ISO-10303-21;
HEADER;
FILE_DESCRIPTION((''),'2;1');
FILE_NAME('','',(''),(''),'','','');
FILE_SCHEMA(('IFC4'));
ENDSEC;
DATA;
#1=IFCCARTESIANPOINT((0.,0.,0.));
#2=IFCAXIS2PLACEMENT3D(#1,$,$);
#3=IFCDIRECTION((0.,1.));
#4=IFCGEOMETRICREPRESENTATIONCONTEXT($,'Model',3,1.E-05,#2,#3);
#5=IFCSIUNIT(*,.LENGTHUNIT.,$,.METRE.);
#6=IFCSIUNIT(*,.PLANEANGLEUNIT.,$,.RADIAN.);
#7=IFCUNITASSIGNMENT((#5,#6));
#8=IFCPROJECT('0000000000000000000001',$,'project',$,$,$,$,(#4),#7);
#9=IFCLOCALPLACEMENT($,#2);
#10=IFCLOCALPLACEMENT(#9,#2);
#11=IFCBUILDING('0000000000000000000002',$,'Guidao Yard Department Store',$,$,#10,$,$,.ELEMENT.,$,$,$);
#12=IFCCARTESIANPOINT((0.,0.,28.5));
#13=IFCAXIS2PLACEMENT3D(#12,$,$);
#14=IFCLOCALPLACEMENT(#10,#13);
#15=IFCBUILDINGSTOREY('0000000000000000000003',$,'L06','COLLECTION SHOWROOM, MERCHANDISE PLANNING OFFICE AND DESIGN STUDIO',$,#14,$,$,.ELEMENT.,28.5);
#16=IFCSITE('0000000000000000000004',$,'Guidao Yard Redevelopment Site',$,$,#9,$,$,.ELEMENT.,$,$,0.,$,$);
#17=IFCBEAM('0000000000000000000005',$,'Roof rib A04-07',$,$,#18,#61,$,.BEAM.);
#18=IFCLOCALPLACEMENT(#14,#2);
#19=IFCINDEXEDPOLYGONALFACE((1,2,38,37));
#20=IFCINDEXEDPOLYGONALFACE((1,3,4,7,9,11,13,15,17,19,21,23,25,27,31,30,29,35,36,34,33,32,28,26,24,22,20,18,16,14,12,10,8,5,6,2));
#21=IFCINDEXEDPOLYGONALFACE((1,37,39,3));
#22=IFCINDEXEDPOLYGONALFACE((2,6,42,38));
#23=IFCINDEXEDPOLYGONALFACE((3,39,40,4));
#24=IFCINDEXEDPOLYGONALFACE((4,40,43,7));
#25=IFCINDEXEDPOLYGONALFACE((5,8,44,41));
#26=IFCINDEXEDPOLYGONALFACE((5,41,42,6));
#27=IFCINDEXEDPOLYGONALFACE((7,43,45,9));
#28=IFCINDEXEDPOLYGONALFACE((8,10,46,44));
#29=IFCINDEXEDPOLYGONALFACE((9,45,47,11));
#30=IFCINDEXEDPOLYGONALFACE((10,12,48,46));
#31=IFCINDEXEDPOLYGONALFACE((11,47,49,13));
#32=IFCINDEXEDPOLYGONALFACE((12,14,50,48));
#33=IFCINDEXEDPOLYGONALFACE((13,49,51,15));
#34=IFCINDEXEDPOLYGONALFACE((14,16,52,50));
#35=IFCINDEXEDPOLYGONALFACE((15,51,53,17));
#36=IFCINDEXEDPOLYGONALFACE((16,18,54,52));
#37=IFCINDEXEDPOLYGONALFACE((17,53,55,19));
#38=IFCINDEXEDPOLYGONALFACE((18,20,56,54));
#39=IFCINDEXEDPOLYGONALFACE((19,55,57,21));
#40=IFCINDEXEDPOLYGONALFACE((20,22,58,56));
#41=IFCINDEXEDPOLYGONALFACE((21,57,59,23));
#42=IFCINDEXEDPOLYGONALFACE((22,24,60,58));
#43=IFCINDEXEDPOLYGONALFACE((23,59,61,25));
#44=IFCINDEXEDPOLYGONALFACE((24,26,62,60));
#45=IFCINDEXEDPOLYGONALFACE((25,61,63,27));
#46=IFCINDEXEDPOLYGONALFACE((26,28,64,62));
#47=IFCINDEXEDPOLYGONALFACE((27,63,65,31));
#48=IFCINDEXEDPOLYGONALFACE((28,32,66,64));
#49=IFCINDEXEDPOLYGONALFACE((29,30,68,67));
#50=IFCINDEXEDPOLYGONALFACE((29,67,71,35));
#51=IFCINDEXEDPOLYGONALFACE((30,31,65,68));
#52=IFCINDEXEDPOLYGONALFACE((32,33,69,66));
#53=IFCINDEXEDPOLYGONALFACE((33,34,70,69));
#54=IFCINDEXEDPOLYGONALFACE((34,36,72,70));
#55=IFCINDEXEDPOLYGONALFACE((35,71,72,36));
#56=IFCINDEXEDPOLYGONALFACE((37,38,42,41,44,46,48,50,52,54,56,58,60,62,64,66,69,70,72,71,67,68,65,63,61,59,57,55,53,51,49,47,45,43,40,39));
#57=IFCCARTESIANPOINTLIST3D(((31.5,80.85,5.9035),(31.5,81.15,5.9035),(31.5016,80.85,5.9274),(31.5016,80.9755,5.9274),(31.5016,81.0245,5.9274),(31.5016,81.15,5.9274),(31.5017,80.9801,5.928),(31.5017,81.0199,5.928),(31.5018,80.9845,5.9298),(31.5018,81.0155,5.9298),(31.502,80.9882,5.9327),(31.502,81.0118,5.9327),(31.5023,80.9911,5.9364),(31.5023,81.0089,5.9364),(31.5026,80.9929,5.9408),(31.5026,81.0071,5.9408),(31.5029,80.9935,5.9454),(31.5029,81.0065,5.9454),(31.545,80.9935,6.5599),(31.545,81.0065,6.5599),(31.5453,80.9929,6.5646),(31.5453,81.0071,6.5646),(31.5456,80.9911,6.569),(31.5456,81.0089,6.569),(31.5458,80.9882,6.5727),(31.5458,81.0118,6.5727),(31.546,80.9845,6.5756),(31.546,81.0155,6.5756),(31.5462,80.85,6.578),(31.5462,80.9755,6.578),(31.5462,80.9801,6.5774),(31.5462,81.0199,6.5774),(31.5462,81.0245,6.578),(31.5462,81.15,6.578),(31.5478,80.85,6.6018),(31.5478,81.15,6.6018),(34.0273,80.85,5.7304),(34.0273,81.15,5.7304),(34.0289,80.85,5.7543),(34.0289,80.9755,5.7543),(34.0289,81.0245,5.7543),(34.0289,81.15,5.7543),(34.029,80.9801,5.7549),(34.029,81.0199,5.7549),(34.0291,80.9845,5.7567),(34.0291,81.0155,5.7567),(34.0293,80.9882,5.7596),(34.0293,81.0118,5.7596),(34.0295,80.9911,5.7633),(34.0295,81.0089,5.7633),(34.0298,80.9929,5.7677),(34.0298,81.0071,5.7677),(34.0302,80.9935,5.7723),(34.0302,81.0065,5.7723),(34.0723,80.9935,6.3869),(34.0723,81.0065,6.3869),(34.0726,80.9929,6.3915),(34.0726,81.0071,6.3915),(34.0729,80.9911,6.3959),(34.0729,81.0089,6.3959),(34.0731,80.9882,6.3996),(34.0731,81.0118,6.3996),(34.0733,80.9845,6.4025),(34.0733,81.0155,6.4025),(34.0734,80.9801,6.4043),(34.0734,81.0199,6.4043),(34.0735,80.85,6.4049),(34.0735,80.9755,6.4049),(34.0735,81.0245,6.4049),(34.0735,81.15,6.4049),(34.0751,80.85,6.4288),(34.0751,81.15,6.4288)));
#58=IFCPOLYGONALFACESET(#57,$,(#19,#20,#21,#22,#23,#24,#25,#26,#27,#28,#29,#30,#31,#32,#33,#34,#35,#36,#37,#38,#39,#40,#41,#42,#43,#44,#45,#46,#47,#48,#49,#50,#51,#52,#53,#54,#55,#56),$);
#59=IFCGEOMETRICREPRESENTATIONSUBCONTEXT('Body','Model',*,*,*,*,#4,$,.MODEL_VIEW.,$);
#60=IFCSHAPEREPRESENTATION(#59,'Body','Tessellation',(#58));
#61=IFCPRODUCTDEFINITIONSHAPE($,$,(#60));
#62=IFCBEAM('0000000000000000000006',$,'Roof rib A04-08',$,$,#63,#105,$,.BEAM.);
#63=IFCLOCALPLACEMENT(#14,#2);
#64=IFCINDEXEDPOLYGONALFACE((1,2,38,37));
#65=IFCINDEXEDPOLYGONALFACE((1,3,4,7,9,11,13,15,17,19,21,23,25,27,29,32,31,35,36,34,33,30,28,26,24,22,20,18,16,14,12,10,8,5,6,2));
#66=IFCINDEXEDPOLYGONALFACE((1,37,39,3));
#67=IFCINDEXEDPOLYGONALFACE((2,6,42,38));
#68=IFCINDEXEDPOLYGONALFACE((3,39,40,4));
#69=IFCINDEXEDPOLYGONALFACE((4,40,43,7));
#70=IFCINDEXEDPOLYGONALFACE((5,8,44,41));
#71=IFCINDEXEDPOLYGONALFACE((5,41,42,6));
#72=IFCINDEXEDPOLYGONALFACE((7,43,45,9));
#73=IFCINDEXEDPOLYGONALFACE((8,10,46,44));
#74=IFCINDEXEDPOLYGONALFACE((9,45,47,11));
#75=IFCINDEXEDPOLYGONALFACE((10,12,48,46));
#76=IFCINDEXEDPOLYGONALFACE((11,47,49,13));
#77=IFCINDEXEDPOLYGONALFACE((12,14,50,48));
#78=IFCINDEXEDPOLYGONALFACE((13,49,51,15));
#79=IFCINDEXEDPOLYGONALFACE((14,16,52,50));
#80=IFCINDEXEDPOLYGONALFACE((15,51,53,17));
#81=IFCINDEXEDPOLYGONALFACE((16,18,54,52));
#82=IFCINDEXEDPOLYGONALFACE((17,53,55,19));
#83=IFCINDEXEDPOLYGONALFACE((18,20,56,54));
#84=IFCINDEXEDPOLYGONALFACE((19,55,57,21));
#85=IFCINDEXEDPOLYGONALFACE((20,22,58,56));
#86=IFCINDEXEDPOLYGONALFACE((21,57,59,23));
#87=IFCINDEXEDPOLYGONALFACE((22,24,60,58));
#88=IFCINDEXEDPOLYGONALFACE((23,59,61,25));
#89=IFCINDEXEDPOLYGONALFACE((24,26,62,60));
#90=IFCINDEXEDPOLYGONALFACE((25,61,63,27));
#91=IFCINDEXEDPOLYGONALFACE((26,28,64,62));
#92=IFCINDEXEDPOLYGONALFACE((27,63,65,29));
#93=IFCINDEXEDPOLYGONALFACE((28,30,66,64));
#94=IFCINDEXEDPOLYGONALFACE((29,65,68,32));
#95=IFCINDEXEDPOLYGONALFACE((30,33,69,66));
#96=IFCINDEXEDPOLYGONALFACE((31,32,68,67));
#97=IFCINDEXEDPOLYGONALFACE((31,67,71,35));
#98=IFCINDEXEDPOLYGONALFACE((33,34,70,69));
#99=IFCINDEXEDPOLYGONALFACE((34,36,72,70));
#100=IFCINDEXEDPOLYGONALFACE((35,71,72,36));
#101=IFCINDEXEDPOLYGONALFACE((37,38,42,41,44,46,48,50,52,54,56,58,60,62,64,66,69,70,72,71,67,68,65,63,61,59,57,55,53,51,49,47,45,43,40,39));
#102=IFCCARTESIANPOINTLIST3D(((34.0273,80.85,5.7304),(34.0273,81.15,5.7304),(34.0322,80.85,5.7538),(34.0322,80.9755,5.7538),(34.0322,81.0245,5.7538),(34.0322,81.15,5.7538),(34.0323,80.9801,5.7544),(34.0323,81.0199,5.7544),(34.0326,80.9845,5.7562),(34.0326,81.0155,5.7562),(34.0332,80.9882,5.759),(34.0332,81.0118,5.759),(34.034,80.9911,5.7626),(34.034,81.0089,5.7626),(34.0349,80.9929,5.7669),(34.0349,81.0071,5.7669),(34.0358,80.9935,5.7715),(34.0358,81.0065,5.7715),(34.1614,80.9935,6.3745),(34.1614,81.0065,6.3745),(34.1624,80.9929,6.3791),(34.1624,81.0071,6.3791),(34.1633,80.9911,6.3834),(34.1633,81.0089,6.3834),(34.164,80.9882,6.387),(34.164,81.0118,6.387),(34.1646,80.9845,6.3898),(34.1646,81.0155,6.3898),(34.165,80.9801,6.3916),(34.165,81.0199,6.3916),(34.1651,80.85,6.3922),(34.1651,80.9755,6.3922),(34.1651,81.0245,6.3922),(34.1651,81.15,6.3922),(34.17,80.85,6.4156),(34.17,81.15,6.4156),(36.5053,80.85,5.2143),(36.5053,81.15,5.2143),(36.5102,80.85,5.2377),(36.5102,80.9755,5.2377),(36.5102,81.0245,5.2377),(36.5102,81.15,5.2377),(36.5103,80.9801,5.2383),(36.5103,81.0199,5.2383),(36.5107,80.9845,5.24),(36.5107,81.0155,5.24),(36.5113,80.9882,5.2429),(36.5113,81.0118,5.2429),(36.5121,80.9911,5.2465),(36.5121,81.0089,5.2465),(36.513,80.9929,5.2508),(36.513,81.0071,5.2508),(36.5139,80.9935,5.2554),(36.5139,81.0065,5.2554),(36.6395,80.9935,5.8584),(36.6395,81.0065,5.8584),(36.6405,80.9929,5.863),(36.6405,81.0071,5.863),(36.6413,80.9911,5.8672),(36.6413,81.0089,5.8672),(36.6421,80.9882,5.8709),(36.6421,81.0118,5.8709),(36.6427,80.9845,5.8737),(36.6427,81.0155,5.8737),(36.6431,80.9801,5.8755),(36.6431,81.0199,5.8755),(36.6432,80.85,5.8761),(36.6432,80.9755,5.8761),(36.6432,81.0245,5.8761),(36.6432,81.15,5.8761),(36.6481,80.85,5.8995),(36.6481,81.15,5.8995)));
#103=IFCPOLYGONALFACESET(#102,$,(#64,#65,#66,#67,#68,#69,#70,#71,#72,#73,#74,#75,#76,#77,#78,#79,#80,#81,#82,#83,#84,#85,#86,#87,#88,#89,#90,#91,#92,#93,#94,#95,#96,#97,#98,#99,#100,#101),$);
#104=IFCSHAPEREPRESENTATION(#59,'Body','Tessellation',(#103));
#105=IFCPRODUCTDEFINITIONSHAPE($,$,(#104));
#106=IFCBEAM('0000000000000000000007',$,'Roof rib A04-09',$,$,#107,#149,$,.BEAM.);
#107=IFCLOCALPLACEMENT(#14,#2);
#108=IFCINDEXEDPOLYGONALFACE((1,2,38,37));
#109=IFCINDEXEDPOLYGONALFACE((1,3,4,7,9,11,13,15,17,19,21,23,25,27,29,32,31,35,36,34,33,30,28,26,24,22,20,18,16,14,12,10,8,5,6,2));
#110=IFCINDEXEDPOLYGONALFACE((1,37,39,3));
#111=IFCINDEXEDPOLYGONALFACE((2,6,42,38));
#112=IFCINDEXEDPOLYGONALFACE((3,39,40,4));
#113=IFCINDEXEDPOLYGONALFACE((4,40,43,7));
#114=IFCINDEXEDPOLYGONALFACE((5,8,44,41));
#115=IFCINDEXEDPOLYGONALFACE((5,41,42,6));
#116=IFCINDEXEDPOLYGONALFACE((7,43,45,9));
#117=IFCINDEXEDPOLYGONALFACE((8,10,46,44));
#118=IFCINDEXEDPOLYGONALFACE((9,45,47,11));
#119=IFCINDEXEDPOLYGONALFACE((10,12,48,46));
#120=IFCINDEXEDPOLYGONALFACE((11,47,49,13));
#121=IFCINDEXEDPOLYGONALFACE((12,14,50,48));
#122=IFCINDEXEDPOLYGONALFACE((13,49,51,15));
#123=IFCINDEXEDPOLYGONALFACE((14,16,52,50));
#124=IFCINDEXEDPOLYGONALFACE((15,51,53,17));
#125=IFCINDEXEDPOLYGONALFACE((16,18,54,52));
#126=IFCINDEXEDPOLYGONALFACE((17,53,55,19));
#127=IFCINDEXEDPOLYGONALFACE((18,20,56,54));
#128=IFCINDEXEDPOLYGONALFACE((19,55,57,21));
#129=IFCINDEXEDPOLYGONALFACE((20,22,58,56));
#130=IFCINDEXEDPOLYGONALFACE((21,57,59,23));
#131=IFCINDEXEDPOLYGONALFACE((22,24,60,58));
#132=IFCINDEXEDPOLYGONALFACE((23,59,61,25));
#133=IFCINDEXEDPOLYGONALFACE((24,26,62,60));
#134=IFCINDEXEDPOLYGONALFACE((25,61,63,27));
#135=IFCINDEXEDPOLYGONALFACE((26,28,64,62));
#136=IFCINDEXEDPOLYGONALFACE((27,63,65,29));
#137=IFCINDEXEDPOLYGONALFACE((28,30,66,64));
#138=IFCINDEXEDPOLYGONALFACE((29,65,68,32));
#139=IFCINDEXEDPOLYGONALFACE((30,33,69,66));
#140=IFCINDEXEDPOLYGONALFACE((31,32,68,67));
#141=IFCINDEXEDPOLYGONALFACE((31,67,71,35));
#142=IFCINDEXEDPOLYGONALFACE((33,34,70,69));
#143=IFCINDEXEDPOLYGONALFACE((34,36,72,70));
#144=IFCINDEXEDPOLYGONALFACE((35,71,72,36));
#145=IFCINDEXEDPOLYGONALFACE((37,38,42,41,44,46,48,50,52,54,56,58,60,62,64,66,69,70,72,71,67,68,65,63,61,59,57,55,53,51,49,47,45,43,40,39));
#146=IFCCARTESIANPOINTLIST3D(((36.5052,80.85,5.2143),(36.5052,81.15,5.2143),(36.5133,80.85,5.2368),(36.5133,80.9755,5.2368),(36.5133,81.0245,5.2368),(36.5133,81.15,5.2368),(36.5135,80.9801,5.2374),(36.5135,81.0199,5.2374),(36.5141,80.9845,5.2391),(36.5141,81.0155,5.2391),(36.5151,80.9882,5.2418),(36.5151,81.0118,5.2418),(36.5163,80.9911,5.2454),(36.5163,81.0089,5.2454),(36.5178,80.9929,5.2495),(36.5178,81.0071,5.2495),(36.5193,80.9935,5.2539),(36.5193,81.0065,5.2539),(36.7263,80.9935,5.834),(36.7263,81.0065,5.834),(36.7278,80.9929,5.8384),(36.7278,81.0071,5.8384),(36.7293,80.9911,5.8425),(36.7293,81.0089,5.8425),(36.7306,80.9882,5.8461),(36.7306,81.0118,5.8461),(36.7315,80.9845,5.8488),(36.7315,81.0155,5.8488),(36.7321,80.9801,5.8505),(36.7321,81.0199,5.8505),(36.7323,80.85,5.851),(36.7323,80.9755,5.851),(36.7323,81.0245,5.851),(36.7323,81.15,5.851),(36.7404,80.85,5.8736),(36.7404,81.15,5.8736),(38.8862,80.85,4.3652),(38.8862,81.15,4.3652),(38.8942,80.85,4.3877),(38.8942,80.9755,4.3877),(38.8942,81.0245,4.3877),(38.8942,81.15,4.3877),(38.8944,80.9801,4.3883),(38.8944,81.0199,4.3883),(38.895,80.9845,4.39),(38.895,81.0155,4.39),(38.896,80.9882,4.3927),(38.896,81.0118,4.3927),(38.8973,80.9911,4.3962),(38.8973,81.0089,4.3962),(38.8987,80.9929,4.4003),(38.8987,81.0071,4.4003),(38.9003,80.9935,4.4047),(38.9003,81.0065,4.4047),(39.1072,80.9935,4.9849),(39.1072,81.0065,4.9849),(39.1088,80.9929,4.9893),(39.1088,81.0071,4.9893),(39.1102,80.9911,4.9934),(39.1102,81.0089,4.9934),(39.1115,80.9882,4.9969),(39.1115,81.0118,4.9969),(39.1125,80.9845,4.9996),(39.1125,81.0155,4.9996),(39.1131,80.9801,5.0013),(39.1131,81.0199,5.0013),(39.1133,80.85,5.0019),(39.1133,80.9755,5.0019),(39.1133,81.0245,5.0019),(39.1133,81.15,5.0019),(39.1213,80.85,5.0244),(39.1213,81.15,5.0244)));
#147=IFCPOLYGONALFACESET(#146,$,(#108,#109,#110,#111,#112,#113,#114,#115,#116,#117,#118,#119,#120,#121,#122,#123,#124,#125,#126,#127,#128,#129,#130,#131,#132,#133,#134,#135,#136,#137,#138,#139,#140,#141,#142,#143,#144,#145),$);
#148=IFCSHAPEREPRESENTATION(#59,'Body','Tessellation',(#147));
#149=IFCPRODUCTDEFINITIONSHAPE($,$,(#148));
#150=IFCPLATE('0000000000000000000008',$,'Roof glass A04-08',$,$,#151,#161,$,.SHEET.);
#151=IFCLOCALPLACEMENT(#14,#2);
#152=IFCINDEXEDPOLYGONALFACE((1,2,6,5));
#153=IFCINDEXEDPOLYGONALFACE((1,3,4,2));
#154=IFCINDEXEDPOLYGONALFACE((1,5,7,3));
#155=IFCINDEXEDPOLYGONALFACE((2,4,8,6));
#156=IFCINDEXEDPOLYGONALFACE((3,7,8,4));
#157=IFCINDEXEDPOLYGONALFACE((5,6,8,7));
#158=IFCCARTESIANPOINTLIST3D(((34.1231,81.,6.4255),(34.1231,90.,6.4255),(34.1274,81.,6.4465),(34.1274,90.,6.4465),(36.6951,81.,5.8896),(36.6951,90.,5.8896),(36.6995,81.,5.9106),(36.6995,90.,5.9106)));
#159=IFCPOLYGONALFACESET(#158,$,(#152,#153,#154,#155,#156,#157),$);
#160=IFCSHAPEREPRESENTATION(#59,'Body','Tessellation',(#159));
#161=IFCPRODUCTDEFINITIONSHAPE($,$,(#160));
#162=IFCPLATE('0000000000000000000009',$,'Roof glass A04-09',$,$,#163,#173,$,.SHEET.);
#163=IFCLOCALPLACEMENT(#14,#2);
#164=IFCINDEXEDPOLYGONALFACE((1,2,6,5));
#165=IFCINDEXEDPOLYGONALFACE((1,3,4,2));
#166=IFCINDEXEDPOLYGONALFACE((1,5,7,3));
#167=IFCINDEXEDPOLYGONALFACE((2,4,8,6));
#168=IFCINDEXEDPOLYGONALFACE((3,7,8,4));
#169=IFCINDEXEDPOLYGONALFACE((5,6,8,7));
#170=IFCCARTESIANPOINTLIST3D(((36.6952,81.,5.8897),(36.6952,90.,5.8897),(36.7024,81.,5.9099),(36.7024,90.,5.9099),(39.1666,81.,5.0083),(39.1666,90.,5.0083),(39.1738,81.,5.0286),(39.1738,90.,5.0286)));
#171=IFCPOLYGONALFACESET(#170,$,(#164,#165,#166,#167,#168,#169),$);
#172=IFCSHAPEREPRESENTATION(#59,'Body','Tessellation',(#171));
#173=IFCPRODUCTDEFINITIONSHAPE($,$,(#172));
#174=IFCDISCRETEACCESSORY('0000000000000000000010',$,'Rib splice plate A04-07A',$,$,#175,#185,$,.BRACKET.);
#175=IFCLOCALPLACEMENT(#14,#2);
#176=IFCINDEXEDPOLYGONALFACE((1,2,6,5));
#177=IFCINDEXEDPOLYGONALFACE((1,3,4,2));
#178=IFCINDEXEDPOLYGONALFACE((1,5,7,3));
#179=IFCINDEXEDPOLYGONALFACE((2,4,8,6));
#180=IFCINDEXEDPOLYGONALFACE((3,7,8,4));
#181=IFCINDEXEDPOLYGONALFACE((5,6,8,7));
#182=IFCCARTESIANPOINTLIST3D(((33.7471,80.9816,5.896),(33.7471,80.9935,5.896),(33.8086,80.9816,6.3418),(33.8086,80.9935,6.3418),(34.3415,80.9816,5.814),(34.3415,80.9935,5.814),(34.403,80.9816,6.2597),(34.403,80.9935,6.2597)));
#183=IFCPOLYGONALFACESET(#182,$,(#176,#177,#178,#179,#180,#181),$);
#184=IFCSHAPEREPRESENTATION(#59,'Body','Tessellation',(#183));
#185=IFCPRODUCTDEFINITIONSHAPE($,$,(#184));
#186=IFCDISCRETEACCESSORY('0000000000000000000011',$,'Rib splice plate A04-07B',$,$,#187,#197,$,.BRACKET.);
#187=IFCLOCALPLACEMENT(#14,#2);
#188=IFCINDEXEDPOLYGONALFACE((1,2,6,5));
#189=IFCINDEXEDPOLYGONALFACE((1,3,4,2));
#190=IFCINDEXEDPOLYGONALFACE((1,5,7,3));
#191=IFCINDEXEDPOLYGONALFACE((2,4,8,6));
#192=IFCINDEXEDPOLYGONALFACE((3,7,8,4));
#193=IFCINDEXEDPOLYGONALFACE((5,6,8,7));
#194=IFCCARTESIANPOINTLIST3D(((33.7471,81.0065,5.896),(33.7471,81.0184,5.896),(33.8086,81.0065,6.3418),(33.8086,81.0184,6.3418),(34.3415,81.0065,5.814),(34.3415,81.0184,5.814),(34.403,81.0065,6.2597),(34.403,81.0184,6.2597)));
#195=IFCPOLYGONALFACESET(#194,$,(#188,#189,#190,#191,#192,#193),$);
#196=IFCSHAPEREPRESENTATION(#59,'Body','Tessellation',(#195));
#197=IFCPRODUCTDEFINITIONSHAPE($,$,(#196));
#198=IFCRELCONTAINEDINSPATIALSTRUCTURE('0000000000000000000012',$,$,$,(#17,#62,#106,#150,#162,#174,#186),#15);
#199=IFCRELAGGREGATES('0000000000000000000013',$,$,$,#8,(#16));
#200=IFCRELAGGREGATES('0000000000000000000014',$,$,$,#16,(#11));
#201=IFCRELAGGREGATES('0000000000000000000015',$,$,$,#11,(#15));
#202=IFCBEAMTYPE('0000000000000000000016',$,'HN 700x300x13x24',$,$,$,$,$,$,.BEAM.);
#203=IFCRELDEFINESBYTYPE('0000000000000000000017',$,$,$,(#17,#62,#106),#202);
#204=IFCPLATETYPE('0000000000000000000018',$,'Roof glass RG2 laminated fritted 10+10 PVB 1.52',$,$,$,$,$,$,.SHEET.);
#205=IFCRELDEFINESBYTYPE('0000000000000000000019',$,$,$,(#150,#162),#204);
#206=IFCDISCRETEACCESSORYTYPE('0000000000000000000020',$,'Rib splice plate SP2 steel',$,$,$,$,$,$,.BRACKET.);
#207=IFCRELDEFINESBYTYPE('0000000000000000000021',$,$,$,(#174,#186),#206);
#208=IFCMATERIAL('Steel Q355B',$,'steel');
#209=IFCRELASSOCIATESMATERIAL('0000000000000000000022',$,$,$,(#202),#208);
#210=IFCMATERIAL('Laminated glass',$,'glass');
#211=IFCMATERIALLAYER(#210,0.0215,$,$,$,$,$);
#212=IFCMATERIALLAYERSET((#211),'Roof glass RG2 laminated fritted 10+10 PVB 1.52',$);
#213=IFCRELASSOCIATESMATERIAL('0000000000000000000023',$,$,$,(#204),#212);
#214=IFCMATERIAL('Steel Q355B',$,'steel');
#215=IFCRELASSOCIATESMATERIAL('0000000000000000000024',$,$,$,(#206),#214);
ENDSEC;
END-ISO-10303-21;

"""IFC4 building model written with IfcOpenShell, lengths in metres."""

from ifc_helpers import new_model, si_unit, direction, frame, origin, origin_2d, place, context, subcontext, project, spatial, polyline, rectangle, i_section, outline, extrude, material, layer, layer_set, material_profile, profile_set, type_object, element, save


model = new_model("IFC4")

# Units and contexts
model_context = context("Model", 3, precision=1e-05, world=origin(), true_north=direction((0.0, 1.0)))
body_context = subcontext(model_context, "Body", "Model", "MODEL_VIEW")
ifc_project = project(units=[si_unit("LENGTHUNIT", "METRE"), si_unit("PLANEANGLEUNIT", "RADIAN")], contexts=[model_context])

# Site, building, storey
site_placement = place(None, origin())
site = spatial("IfcSite", under=ifc_project, at=site_placement, Name="Guidao Yard Redevelopment Site", CompositionType="ELEMENT", RefElevation=0.0)
building_placement = place(site_placement, origin())
building = spatial("IfcBuilding", under=site, at=building_placement, Name="Guidao Yard Department Store", CompositionType="ELEMENT")
storey_placement = place(building_placement, frame((0.0, 0.0, 28.5)))
storey = spatial("IfcBuildingStorey", under=building, at=storey_placement, Name="L06", Description="COLLECTION SHOWROOM, MERCHANDISE PLANNING OFFICE AND DESIGN STUDIO", CompositionType="ELEMENT", Elevation=28.5)

# Beams
ifc_material_1 = material(Name="Steel Q355B", Category="steel")
ifc_material_profile_1 = material_profile(ifc_material_1, i_section(OverallWidth=0.3, OverallDepth=0.7, WebThickness=0.0129, FlangeThickness=0.0239, FilletRadius=0.0181, at=origin_2d()), Name="HN 700x300x13x24")
ifc_profile_set_1 = profile_set([ifc_material_profile_1], Name="Steel Q355B")
beam_type = type_object("IfcBeamType", Name="HN 700x300x13x24", PredefinedType="BEAM", material=ifc_profile_set_1)
beam_1_placement = place(storey_placement, frame((31.5239, 81.0, 6.2527), z_axis=(0.997663, 0.0, -0.068329), x_axis=(0.0, 1.0, 0.0)))
element("IfcBeam", 1, at=beam_1_placement, inside=storey, type_object=beam_type, Name="Roof rib A04-07", PredefinedType="BEAM", context=body_context, shape_type="SweptSolid", body=[
    extrude(i_section(OverallWidth=0.3, OverallDepth=0.7, WebThickness=0.0129, FlangeThickness=0.0239, FilletRadius=0.0181, at=origin_2d()), origin(), (0.0, 0.0, 1.0), 2.5332),
])
beam_2_placement = place(storey_placement, frame((34.0986, 81.0, 6.073), z_axis=(0.978992, 0.0, -0.2039), x_axis=(0.0, 1.0, 0.0)))
element("IfcBeam", 2, at=beam_2_placement, inside=storey, type_object=beam_type, Name="Roof rib A04-08", PredefinedType="BEAM", context=body_context, shape_type="SweptSolid", body=[
    extrude(i_section(OverallWidth=0.3, OverallDepth=0.7, WebThickness=0.0129, FlangeThickness=0.0239, FilletRadius=0.0181, at=origin_2d()), origin(), (0.0, 0.0, 1.0), 2.5312),
])
beam_3_placement = place(storey_placement, frame((36.6228, 81.0, 5.5439), z_axis=(0.94189, 0.0, -0.33592), x_axis=(0.0, 1.0, 0.0)))
element("IfcBeam", 3, at=beam_3_placement, inside=storey, type_object=beam_type, Name="Roof rib A04-09", PredefinedType="BEAM", context=body_context, shape_type="SweptSolid", body=[
    extrude(i_section(OverallWidth=0.3, OverallDepth=0.7, WebThickness=0.0129, FlangeThickness=0.0239, FilletRadius=0.0181, at=origin_2d()), origin(), (0.0, 0.0, 1.0), 2.5278),
])

# Plates
ifc_material_2 = material(Name="Laminated glass", Category="glass")
ifc_layer = layer(ifc_material_2, 0.0215)
ifc_layer_set = layer_set([ifc_layer], Name="Roof glass RG2 laminated fritted 10+10 PVB 1.52")
plate_type = type_object("IfcPlateType", Name="Roof glass RG2 laminated fritted 10+10 PVB 1.52", PredefinedType="SHEET", material=ifc_layer_set)
plate_1_placement = place(storey_placement, frame((34.1274, 81.0, 6.4465), z_axis=(0.203973, 0.0, 0.978977), x_axis=(0.978977, 0.0, -0.203973)))
element("IfcPlate", 4, at=plate_1_placement, inside=storey, type_object=plate_type, Name="Roof glass A04-08", PredefinedType="SHEET", context=body_context, shape_type="SweptSolid", body=[
    extrude(outline(polyline([(0.0, 0.0), (2.6273, 0.0), (2.6273, 9.0), (0.0, 9.0), (0.0, 0.0)])), origin(), (0.0, 0.0, -1.0), 0.0215),
])
plate_2_placement = place(storey_placement, frame((36.7024, 81.0, 5.9099), z_axis=(0.335894, 0.0, 0.9419), x_axis=(0.9419, 0.0, -0.335894)))
element("IfcPlate", 5, at=plate_2_placement, inside=storey, type_object=plate_type, Name="Roof glass A04-09", PredefinedType="SHEET", context=body_context, shape_type="SweptSolid", body=[
    extrude(outline(polyline([(0.0, 0.0), (2.6239, 0.0), (2.6239, 9.0), (0.0, 9.0), (0.0, 0.0)])), origin(), (0.0, 0.0, -1.0), 0.0215),
])

# Discrete accessories
ifc_material_3 = material(Name="Steel Q355B", Category="steel")
ifc_material_profile_2 = material_profile(ifc_material_3, rectangle(XDim=0.012, YDim=0.45, at=origin_2d()), Name="Splice plate 450x12")
ifc_profile_set_2 = profile_set([ifc_material_profile_2], Name="Steel Q355B")
discrete_accessory_type_1 = type_object("IfcDiscreteAccessoryType", Name="Rib splice plate SP2 steel", PredefinedType="BRACKET", material=ifc_profile_set_2)
for number, where, z_axis, x_axis, name in (
    (6, (33.7778, 80.9875, 6.1189), (0.990614, 0.0, -0.136692), (0.0, 1.0, 0.0), "Rib splice plate A04-07A"),
    (7, (33.7778, 81.0125, 6.1189), (0.990614, 0.0, -0.136692), (0.0, 1.0, 0.0), "Rib splice plate A04-07B"),
):
    element("IfcDiscreteAccessory", number, at=place(storey_placement, frame(where, z_axis=z_axis, x_axis=x_axis)), inside=storey, type_object=discrete_accessory_type_1, Name=name, PredefinedType="BRACKET", context=body_context, shape_type="SweptSolid", body=[
        extrude(rectangle(XDim=0.012, YDim=0.45, at=origin_2d()), origin(), (0.0, 0.0, 1.0), 0.6001),
    ])

save(model, "model.ifc")
